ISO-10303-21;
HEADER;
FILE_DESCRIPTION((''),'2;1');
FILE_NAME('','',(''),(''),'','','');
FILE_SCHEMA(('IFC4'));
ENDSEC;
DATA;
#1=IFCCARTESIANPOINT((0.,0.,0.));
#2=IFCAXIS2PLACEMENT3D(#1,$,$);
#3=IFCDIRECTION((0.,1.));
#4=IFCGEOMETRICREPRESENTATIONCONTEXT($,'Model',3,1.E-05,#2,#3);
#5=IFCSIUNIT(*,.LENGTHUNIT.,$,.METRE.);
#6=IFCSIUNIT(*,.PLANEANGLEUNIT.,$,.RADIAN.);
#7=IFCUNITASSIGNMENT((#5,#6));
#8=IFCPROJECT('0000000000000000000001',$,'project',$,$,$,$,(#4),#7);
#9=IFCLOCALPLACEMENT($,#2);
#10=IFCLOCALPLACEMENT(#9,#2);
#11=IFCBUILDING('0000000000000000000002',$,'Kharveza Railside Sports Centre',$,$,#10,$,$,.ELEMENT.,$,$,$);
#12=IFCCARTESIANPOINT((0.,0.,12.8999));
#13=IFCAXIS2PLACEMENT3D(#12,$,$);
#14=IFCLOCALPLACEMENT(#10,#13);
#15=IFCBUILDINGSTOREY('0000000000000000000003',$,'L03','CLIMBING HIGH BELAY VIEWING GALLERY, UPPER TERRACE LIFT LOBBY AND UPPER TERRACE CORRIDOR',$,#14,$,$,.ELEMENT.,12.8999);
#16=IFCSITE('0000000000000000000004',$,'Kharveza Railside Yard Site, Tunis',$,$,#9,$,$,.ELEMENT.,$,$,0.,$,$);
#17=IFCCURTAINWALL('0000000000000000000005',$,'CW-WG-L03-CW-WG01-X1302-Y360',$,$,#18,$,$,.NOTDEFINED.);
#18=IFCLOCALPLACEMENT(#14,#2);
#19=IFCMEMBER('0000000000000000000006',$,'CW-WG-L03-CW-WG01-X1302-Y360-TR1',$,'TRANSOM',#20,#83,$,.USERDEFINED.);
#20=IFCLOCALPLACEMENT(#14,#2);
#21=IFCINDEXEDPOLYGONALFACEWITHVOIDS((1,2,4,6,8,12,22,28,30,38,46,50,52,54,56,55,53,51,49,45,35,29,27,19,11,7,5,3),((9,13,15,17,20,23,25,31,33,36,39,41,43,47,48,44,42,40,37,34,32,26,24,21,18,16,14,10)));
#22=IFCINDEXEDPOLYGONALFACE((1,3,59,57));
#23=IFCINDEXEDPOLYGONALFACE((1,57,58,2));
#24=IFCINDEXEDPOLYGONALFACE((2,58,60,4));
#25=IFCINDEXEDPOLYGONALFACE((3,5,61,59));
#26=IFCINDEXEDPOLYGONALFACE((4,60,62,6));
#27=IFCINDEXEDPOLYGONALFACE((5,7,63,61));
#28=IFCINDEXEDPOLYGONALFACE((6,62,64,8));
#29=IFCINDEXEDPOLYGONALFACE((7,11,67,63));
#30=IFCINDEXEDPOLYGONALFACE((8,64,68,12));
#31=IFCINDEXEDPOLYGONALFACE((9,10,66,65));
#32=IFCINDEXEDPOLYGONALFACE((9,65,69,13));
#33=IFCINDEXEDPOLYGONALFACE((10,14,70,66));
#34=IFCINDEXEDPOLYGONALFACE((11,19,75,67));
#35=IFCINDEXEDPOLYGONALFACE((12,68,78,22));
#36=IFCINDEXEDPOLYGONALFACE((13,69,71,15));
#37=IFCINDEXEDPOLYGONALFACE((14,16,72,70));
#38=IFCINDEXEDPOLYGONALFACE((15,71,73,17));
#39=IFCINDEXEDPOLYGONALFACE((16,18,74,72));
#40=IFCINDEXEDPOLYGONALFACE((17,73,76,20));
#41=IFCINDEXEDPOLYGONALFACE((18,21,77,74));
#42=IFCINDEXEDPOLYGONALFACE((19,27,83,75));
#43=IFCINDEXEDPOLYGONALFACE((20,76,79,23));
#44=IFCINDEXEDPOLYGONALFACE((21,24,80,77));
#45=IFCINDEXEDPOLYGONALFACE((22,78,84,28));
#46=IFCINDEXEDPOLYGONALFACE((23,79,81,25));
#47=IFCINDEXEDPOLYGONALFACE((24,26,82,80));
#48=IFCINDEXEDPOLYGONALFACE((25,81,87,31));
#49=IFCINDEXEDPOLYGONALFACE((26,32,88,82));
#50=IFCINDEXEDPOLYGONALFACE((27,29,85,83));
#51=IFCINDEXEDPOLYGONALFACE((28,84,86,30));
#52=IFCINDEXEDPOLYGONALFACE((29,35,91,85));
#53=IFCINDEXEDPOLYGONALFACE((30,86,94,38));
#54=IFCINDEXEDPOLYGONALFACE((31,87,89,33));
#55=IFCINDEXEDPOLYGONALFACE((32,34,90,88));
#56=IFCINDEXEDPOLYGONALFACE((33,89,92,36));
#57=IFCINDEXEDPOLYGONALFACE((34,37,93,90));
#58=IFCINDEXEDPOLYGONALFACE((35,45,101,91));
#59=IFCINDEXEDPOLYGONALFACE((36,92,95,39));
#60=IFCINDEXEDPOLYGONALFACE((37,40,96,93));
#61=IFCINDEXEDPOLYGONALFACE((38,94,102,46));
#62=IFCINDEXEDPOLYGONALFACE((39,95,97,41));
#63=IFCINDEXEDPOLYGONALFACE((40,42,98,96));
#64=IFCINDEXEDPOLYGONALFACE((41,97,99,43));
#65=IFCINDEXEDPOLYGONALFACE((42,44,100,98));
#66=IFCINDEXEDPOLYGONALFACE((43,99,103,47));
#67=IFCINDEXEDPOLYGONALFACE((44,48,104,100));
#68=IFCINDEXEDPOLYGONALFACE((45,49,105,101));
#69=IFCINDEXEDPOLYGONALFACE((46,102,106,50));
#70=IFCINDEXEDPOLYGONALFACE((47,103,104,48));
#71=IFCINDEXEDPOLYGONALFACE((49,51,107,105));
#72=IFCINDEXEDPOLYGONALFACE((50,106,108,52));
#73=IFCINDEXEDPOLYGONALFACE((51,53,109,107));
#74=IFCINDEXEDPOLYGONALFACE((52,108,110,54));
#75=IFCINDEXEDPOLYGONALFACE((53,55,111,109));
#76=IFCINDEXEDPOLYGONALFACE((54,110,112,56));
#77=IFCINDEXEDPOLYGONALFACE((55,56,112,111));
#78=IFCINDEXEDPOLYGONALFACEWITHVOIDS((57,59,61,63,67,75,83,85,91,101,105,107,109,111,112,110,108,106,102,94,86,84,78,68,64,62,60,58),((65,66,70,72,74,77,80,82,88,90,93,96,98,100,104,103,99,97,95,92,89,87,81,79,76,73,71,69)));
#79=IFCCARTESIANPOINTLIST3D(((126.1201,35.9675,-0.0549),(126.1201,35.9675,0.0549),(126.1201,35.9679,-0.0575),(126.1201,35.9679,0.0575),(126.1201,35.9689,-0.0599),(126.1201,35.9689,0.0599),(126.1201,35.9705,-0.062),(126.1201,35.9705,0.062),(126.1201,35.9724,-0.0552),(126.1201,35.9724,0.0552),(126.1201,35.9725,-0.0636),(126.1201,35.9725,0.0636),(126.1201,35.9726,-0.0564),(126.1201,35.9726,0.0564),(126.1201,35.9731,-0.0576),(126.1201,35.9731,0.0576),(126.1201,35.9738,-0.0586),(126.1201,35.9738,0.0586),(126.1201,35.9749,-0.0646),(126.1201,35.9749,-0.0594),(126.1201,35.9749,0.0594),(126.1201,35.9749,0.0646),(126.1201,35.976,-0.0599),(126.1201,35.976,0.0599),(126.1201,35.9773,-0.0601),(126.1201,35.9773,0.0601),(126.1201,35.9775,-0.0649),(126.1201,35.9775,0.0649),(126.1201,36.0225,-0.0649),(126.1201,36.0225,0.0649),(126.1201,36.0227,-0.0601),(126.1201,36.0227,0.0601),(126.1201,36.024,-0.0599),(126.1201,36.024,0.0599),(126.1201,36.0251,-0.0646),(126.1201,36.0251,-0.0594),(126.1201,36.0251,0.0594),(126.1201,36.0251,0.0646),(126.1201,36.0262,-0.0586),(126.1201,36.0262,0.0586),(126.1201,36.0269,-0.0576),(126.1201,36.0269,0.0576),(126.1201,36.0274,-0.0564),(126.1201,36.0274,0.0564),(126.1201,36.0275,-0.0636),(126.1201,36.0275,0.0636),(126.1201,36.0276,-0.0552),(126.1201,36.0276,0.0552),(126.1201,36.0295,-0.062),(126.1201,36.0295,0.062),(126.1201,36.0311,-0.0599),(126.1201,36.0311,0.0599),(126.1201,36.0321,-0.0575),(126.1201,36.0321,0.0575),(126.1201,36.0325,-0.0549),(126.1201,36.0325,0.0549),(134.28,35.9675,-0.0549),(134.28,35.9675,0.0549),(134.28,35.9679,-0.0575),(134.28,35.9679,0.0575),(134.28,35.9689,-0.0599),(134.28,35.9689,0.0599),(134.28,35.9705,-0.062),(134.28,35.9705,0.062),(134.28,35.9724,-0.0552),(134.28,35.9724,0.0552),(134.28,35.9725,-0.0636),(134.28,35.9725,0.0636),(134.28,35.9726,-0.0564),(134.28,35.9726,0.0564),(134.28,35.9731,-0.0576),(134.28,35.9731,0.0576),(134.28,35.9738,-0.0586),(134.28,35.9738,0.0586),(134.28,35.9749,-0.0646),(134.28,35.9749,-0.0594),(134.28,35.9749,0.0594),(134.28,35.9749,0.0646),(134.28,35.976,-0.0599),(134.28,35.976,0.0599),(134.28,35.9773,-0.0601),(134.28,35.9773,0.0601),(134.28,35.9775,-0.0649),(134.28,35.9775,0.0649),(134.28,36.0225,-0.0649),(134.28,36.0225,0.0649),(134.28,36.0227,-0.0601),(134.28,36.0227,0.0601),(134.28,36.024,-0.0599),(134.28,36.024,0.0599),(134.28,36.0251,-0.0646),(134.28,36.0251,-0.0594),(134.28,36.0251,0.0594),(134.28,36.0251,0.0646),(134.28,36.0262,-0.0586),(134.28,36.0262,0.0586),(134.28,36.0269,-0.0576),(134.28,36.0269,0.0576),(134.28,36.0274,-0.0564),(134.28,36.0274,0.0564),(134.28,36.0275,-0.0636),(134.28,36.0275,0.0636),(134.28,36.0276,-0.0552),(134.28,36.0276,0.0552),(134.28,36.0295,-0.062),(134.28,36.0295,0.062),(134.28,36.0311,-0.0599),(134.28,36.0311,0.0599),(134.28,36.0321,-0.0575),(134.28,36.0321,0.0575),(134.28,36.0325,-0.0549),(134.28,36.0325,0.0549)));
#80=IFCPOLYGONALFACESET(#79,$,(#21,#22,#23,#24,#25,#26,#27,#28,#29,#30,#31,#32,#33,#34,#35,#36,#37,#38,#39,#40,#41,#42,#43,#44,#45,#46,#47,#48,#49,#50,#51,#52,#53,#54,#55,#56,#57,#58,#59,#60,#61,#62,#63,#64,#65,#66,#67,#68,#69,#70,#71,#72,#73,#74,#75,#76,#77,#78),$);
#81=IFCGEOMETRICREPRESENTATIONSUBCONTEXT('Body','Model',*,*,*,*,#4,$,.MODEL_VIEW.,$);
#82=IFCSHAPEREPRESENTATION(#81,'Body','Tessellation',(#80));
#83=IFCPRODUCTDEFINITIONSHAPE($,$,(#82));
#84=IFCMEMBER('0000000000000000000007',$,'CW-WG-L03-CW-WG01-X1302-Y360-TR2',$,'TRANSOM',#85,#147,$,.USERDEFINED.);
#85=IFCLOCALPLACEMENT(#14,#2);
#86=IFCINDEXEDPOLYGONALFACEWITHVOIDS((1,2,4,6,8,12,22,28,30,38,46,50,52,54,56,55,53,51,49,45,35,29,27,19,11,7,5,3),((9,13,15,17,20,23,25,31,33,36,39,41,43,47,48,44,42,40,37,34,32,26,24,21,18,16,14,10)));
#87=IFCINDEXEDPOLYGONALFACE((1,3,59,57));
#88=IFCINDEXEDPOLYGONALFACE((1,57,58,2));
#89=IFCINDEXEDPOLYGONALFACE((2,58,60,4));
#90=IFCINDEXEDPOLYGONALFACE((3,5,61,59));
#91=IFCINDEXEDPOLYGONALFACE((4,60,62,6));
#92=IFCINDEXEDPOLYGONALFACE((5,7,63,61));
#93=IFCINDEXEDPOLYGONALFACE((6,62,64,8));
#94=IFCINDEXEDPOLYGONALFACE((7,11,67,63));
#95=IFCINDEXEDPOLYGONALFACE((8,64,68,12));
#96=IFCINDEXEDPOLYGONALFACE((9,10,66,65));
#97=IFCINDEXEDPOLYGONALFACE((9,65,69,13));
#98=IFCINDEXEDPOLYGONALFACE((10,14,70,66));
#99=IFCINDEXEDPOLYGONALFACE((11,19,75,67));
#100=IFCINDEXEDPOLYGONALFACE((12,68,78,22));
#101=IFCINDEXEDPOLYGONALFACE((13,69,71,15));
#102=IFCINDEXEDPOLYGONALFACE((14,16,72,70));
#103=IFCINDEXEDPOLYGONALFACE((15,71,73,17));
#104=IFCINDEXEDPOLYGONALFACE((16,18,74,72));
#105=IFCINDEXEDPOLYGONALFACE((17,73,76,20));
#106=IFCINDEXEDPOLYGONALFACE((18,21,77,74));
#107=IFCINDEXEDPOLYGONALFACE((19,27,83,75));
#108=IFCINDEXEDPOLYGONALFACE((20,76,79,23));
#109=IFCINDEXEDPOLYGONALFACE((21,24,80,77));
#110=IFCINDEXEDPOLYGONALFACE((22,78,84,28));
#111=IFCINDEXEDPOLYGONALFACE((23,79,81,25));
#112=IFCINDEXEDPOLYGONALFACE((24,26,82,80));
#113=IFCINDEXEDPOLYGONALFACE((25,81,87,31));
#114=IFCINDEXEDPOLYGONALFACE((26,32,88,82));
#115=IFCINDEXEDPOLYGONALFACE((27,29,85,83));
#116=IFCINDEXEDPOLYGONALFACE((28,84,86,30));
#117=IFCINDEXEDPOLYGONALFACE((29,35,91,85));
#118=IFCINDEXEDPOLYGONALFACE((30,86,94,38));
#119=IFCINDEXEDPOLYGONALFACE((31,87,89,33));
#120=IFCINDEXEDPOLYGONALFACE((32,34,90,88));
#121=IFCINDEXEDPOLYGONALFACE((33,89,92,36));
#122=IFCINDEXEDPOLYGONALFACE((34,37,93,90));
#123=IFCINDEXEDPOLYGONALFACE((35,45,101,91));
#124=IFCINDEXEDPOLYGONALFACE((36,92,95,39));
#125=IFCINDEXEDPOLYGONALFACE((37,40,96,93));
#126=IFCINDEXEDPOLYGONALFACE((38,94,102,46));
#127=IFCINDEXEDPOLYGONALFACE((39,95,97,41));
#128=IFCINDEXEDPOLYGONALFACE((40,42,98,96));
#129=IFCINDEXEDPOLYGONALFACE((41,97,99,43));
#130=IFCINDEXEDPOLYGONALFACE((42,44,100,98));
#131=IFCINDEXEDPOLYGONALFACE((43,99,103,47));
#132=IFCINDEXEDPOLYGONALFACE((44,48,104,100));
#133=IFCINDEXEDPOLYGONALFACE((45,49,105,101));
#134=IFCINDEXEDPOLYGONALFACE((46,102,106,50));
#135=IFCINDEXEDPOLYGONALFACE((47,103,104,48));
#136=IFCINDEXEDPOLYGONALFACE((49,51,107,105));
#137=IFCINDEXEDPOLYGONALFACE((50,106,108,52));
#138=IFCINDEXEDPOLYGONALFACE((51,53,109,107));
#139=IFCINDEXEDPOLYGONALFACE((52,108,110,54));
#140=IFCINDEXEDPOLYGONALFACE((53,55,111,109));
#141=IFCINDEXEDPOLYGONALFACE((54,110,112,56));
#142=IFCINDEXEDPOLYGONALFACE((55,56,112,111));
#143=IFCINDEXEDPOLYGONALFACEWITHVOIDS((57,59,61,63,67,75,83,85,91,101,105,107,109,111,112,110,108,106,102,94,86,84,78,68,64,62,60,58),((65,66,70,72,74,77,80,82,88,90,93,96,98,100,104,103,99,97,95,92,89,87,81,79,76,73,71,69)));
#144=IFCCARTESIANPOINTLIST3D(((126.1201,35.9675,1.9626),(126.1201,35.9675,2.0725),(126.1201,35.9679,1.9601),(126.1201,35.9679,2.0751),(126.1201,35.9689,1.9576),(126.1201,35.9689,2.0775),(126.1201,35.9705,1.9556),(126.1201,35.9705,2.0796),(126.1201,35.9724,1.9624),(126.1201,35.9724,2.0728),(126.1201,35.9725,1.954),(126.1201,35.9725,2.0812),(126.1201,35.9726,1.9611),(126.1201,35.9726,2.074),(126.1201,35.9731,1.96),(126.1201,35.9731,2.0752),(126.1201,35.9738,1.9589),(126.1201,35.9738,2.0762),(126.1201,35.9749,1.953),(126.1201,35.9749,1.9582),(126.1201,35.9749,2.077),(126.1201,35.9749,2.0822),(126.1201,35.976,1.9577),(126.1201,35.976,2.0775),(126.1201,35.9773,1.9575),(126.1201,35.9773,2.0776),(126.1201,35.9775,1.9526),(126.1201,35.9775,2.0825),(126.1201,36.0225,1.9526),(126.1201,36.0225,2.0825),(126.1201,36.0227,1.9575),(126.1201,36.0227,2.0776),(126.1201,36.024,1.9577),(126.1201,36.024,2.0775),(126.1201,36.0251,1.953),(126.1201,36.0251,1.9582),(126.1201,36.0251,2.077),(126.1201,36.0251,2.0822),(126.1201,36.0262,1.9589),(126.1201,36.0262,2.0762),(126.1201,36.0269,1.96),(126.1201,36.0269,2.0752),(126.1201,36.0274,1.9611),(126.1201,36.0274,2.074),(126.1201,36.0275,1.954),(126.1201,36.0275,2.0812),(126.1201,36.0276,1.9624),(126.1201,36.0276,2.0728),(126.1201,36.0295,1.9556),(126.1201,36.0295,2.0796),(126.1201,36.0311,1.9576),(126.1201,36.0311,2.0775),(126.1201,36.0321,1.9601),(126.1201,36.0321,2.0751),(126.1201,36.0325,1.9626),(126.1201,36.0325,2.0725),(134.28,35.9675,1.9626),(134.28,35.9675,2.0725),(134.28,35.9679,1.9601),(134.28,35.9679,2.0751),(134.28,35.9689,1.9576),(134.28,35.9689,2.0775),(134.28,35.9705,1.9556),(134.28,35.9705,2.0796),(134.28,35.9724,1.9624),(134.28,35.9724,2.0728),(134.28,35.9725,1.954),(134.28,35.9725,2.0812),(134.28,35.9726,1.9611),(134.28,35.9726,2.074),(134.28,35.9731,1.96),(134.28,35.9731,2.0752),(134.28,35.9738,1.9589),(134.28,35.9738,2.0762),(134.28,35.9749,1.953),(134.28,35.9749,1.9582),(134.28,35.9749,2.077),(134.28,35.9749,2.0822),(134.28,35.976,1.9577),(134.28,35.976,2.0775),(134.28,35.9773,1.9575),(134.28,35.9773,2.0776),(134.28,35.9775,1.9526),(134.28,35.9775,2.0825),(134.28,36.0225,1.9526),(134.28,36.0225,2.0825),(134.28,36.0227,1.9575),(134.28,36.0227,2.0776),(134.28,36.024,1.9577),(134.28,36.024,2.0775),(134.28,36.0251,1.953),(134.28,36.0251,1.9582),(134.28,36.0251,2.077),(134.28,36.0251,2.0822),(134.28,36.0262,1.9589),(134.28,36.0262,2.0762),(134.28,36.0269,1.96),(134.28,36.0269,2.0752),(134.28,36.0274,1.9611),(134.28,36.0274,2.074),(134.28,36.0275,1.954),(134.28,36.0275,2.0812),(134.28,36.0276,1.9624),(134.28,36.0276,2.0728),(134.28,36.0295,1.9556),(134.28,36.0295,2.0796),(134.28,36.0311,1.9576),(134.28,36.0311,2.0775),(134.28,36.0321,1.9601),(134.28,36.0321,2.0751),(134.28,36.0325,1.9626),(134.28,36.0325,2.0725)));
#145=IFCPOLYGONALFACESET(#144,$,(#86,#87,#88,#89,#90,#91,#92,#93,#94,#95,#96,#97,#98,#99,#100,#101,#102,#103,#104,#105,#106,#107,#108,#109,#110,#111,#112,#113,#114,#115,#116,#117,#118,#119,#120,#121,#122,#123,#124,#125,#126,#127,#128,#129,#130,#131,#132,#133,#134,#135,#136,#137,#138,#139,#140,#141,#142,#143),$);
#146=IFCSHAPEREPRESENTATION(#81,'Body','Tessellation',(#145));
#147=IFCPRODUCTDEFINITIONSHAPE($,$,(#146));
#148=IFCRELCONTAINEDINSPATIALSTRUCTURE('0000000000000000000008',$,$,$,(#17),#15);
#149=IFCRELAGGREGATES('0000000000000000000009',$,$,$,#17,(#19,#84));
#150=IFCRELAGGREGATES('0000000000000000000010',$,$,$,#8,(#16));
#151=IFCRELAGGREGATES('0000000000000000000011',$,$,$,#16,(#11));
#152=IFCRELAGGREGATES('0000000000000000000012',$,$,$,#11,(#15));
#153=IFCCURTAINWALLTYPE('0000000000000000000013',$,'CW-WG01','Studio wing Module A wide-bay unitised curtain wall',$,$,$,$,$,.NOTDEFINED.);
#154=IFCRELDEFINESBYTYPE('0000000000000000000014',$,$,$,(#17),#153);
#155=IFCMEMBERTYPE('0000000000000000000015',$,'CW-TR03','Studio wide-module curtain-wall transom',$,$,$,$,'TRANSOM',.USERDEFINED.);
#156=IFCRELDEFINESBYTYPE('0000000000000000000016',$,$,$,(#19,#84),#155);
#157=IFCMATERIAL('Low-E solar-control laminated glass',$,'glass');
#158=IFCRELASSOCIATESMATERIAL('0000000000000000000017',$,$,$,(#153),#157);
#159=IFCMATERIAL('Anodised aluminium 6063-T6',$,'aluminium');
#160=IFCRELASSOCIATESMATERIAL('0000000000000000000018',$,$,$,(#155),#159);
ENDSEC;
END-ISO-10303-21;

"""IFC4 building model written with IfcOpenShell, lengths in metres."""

from ifc_helpers import new_model, si_unit, direction, frame, origin, origin_2d, place, context, subcontext, project, spatial, hollow_rectangle, extrude, material, material_profile, profile_set, type_object, element, aggregate, save


model = new_model("IFC4")

# Units and contexts
model_context = context("Model", 3, precision=1e-05, world=origin(), true_north=direction((0.0, 1.0)))
body_context = subcontext(model_context, "Body", "Model", "MODEL_VIEW")
ifc_project = project(units=[si_unit("LENGTHUNIT", "METRE"), si_unit("PLANEANGLEUNIT", "RADIAN")], contexts=[model_context])

# Site, building, storey
site_placement = place(None, origin())
site = spatial("IfcSite", under=ifc_project, at=site_placement, Name="Kharveza Railside Yard Site, Tunis", CompositionType="ELEMENT", RefElevation=0.0)
building_placement = place(site_placement, origin())
building = spatial("IfcBuilding", under=site, at=building_placement, Name="Kharveza Railside Sports Centre", CompositionType="ELEMENT")
storey_placement = place(building_placement, frame((0.0, 0.0, 12.8999)))
storey = spatial("IfcBuildingStorey", under=building, at=storey_placement, Name="L03", Description="CLIMBING HIGH BELAY VIEWING GALLERY, UPPER TERRACE LIFT LOBBY AND UPPER TERRACE CORRIDOR", CompositionType="ELEMENT", Elevation=12.8999)

# Curtain wall
ifc_material_1 = material(Name="Low-E solar-control laminated glass", Category="glass")
curtain_wall_type_1 = type_object("IfcCurtainWallType", Name="CW-WG01", Description="Studio wing Module A wide-bay unitised curtain wall", PredefinedType="NOTDEFINED", material=ifc_material_1)
curtain_wall_1_placement = place(storey_placement, origin())
curtain_wall_1 = element("IfcCurtainWall", 1, at=curtain_wall_1_placement, inside=storey, type_object=curtain_wall_type_1, Name="CW-WG-L03-CW-WG01-X1302-Y360", PredefinedType="NOTDEFINED")
ifc_material_2 = material(Name="Anodised aluminium 6063-T6", Category="aluminium")

# Members
ifc_material_profile_1 = material_profile(ifc_material_2, hollow_rectangle(XDim=0.0649, YDim=0.1299, WallThickness=0.0049, InnerFilletRadius=0.0049, OuterFilletRadius=0.01, at=origin_2d()), Name="RHS 65x130x5.0")
ifc_profile_set_1 = profile_set([ifc_material_profile_1], Name="Anodised aluminium 6063-T6")
member_type_1 = type_object("IfcMemberType", Name="CW-TR03", Description="Studio wide-module curtain-wall transom", ElementType="TRANSOM", PredefinedType="USERDEFINED", material=ifc_profile_set_1)
member_1_placement = place(storey_placement, frame((134.28, 36.0, 0.0), z_axis=(-1.0, 0.0, 0.0), x_axis=(0.0, -1.0, 0.0)))
member_1 = element("IfcMember", 2, at=member_1_placement, type_object=member_type_1, Name="CW-WG-L03-CW-WG01-X1302-Y360-TR1", ObjectType="TRANSOM", PredefinedType="USERDEFINED", context=body_context, shape_type="SweptSolid", body=[
    extrude(hollow_rectangle(XDim=0.0649, YDim=0.1299, WallThickness=0.0049, InnerFilletRadius=0.0049, OuterFilletRadius=0.01, at=origin_2d()), origin(), (0.0, 0.0, 1.0), 8.1599),
])
member_2_placement = place(storey_placement, frame((134.28, 36.0, 2.0176), z_axis=(-1.0, 0.0, 0.0), x_axis=(0.0, -1.0, 0.0)))
member_2 = element("IfcMember", 3, at=member_2_placement, type_object=member_type_1, Name="CW-WG-L03-CW-WG01-X1302-Y360-TR2", ObjectType="TRANSOM", PredefinedType="USERDEFINED", context=body_context, shape_type="SweptSolid", body=[
    extrude(hollow_rectangle(XDim=0.0649, YDim=0.1299, WallThickness=0.0049, InnerFilletRadius=0.0049, OuterFilletRadius=0.01, at=origin_2d()), origin(), (0.0, 0.0, 1.0), 8.1599),
])

aggregate(curtain_wall_1, [member_1, member_2])

save(model, "model.ifc")
